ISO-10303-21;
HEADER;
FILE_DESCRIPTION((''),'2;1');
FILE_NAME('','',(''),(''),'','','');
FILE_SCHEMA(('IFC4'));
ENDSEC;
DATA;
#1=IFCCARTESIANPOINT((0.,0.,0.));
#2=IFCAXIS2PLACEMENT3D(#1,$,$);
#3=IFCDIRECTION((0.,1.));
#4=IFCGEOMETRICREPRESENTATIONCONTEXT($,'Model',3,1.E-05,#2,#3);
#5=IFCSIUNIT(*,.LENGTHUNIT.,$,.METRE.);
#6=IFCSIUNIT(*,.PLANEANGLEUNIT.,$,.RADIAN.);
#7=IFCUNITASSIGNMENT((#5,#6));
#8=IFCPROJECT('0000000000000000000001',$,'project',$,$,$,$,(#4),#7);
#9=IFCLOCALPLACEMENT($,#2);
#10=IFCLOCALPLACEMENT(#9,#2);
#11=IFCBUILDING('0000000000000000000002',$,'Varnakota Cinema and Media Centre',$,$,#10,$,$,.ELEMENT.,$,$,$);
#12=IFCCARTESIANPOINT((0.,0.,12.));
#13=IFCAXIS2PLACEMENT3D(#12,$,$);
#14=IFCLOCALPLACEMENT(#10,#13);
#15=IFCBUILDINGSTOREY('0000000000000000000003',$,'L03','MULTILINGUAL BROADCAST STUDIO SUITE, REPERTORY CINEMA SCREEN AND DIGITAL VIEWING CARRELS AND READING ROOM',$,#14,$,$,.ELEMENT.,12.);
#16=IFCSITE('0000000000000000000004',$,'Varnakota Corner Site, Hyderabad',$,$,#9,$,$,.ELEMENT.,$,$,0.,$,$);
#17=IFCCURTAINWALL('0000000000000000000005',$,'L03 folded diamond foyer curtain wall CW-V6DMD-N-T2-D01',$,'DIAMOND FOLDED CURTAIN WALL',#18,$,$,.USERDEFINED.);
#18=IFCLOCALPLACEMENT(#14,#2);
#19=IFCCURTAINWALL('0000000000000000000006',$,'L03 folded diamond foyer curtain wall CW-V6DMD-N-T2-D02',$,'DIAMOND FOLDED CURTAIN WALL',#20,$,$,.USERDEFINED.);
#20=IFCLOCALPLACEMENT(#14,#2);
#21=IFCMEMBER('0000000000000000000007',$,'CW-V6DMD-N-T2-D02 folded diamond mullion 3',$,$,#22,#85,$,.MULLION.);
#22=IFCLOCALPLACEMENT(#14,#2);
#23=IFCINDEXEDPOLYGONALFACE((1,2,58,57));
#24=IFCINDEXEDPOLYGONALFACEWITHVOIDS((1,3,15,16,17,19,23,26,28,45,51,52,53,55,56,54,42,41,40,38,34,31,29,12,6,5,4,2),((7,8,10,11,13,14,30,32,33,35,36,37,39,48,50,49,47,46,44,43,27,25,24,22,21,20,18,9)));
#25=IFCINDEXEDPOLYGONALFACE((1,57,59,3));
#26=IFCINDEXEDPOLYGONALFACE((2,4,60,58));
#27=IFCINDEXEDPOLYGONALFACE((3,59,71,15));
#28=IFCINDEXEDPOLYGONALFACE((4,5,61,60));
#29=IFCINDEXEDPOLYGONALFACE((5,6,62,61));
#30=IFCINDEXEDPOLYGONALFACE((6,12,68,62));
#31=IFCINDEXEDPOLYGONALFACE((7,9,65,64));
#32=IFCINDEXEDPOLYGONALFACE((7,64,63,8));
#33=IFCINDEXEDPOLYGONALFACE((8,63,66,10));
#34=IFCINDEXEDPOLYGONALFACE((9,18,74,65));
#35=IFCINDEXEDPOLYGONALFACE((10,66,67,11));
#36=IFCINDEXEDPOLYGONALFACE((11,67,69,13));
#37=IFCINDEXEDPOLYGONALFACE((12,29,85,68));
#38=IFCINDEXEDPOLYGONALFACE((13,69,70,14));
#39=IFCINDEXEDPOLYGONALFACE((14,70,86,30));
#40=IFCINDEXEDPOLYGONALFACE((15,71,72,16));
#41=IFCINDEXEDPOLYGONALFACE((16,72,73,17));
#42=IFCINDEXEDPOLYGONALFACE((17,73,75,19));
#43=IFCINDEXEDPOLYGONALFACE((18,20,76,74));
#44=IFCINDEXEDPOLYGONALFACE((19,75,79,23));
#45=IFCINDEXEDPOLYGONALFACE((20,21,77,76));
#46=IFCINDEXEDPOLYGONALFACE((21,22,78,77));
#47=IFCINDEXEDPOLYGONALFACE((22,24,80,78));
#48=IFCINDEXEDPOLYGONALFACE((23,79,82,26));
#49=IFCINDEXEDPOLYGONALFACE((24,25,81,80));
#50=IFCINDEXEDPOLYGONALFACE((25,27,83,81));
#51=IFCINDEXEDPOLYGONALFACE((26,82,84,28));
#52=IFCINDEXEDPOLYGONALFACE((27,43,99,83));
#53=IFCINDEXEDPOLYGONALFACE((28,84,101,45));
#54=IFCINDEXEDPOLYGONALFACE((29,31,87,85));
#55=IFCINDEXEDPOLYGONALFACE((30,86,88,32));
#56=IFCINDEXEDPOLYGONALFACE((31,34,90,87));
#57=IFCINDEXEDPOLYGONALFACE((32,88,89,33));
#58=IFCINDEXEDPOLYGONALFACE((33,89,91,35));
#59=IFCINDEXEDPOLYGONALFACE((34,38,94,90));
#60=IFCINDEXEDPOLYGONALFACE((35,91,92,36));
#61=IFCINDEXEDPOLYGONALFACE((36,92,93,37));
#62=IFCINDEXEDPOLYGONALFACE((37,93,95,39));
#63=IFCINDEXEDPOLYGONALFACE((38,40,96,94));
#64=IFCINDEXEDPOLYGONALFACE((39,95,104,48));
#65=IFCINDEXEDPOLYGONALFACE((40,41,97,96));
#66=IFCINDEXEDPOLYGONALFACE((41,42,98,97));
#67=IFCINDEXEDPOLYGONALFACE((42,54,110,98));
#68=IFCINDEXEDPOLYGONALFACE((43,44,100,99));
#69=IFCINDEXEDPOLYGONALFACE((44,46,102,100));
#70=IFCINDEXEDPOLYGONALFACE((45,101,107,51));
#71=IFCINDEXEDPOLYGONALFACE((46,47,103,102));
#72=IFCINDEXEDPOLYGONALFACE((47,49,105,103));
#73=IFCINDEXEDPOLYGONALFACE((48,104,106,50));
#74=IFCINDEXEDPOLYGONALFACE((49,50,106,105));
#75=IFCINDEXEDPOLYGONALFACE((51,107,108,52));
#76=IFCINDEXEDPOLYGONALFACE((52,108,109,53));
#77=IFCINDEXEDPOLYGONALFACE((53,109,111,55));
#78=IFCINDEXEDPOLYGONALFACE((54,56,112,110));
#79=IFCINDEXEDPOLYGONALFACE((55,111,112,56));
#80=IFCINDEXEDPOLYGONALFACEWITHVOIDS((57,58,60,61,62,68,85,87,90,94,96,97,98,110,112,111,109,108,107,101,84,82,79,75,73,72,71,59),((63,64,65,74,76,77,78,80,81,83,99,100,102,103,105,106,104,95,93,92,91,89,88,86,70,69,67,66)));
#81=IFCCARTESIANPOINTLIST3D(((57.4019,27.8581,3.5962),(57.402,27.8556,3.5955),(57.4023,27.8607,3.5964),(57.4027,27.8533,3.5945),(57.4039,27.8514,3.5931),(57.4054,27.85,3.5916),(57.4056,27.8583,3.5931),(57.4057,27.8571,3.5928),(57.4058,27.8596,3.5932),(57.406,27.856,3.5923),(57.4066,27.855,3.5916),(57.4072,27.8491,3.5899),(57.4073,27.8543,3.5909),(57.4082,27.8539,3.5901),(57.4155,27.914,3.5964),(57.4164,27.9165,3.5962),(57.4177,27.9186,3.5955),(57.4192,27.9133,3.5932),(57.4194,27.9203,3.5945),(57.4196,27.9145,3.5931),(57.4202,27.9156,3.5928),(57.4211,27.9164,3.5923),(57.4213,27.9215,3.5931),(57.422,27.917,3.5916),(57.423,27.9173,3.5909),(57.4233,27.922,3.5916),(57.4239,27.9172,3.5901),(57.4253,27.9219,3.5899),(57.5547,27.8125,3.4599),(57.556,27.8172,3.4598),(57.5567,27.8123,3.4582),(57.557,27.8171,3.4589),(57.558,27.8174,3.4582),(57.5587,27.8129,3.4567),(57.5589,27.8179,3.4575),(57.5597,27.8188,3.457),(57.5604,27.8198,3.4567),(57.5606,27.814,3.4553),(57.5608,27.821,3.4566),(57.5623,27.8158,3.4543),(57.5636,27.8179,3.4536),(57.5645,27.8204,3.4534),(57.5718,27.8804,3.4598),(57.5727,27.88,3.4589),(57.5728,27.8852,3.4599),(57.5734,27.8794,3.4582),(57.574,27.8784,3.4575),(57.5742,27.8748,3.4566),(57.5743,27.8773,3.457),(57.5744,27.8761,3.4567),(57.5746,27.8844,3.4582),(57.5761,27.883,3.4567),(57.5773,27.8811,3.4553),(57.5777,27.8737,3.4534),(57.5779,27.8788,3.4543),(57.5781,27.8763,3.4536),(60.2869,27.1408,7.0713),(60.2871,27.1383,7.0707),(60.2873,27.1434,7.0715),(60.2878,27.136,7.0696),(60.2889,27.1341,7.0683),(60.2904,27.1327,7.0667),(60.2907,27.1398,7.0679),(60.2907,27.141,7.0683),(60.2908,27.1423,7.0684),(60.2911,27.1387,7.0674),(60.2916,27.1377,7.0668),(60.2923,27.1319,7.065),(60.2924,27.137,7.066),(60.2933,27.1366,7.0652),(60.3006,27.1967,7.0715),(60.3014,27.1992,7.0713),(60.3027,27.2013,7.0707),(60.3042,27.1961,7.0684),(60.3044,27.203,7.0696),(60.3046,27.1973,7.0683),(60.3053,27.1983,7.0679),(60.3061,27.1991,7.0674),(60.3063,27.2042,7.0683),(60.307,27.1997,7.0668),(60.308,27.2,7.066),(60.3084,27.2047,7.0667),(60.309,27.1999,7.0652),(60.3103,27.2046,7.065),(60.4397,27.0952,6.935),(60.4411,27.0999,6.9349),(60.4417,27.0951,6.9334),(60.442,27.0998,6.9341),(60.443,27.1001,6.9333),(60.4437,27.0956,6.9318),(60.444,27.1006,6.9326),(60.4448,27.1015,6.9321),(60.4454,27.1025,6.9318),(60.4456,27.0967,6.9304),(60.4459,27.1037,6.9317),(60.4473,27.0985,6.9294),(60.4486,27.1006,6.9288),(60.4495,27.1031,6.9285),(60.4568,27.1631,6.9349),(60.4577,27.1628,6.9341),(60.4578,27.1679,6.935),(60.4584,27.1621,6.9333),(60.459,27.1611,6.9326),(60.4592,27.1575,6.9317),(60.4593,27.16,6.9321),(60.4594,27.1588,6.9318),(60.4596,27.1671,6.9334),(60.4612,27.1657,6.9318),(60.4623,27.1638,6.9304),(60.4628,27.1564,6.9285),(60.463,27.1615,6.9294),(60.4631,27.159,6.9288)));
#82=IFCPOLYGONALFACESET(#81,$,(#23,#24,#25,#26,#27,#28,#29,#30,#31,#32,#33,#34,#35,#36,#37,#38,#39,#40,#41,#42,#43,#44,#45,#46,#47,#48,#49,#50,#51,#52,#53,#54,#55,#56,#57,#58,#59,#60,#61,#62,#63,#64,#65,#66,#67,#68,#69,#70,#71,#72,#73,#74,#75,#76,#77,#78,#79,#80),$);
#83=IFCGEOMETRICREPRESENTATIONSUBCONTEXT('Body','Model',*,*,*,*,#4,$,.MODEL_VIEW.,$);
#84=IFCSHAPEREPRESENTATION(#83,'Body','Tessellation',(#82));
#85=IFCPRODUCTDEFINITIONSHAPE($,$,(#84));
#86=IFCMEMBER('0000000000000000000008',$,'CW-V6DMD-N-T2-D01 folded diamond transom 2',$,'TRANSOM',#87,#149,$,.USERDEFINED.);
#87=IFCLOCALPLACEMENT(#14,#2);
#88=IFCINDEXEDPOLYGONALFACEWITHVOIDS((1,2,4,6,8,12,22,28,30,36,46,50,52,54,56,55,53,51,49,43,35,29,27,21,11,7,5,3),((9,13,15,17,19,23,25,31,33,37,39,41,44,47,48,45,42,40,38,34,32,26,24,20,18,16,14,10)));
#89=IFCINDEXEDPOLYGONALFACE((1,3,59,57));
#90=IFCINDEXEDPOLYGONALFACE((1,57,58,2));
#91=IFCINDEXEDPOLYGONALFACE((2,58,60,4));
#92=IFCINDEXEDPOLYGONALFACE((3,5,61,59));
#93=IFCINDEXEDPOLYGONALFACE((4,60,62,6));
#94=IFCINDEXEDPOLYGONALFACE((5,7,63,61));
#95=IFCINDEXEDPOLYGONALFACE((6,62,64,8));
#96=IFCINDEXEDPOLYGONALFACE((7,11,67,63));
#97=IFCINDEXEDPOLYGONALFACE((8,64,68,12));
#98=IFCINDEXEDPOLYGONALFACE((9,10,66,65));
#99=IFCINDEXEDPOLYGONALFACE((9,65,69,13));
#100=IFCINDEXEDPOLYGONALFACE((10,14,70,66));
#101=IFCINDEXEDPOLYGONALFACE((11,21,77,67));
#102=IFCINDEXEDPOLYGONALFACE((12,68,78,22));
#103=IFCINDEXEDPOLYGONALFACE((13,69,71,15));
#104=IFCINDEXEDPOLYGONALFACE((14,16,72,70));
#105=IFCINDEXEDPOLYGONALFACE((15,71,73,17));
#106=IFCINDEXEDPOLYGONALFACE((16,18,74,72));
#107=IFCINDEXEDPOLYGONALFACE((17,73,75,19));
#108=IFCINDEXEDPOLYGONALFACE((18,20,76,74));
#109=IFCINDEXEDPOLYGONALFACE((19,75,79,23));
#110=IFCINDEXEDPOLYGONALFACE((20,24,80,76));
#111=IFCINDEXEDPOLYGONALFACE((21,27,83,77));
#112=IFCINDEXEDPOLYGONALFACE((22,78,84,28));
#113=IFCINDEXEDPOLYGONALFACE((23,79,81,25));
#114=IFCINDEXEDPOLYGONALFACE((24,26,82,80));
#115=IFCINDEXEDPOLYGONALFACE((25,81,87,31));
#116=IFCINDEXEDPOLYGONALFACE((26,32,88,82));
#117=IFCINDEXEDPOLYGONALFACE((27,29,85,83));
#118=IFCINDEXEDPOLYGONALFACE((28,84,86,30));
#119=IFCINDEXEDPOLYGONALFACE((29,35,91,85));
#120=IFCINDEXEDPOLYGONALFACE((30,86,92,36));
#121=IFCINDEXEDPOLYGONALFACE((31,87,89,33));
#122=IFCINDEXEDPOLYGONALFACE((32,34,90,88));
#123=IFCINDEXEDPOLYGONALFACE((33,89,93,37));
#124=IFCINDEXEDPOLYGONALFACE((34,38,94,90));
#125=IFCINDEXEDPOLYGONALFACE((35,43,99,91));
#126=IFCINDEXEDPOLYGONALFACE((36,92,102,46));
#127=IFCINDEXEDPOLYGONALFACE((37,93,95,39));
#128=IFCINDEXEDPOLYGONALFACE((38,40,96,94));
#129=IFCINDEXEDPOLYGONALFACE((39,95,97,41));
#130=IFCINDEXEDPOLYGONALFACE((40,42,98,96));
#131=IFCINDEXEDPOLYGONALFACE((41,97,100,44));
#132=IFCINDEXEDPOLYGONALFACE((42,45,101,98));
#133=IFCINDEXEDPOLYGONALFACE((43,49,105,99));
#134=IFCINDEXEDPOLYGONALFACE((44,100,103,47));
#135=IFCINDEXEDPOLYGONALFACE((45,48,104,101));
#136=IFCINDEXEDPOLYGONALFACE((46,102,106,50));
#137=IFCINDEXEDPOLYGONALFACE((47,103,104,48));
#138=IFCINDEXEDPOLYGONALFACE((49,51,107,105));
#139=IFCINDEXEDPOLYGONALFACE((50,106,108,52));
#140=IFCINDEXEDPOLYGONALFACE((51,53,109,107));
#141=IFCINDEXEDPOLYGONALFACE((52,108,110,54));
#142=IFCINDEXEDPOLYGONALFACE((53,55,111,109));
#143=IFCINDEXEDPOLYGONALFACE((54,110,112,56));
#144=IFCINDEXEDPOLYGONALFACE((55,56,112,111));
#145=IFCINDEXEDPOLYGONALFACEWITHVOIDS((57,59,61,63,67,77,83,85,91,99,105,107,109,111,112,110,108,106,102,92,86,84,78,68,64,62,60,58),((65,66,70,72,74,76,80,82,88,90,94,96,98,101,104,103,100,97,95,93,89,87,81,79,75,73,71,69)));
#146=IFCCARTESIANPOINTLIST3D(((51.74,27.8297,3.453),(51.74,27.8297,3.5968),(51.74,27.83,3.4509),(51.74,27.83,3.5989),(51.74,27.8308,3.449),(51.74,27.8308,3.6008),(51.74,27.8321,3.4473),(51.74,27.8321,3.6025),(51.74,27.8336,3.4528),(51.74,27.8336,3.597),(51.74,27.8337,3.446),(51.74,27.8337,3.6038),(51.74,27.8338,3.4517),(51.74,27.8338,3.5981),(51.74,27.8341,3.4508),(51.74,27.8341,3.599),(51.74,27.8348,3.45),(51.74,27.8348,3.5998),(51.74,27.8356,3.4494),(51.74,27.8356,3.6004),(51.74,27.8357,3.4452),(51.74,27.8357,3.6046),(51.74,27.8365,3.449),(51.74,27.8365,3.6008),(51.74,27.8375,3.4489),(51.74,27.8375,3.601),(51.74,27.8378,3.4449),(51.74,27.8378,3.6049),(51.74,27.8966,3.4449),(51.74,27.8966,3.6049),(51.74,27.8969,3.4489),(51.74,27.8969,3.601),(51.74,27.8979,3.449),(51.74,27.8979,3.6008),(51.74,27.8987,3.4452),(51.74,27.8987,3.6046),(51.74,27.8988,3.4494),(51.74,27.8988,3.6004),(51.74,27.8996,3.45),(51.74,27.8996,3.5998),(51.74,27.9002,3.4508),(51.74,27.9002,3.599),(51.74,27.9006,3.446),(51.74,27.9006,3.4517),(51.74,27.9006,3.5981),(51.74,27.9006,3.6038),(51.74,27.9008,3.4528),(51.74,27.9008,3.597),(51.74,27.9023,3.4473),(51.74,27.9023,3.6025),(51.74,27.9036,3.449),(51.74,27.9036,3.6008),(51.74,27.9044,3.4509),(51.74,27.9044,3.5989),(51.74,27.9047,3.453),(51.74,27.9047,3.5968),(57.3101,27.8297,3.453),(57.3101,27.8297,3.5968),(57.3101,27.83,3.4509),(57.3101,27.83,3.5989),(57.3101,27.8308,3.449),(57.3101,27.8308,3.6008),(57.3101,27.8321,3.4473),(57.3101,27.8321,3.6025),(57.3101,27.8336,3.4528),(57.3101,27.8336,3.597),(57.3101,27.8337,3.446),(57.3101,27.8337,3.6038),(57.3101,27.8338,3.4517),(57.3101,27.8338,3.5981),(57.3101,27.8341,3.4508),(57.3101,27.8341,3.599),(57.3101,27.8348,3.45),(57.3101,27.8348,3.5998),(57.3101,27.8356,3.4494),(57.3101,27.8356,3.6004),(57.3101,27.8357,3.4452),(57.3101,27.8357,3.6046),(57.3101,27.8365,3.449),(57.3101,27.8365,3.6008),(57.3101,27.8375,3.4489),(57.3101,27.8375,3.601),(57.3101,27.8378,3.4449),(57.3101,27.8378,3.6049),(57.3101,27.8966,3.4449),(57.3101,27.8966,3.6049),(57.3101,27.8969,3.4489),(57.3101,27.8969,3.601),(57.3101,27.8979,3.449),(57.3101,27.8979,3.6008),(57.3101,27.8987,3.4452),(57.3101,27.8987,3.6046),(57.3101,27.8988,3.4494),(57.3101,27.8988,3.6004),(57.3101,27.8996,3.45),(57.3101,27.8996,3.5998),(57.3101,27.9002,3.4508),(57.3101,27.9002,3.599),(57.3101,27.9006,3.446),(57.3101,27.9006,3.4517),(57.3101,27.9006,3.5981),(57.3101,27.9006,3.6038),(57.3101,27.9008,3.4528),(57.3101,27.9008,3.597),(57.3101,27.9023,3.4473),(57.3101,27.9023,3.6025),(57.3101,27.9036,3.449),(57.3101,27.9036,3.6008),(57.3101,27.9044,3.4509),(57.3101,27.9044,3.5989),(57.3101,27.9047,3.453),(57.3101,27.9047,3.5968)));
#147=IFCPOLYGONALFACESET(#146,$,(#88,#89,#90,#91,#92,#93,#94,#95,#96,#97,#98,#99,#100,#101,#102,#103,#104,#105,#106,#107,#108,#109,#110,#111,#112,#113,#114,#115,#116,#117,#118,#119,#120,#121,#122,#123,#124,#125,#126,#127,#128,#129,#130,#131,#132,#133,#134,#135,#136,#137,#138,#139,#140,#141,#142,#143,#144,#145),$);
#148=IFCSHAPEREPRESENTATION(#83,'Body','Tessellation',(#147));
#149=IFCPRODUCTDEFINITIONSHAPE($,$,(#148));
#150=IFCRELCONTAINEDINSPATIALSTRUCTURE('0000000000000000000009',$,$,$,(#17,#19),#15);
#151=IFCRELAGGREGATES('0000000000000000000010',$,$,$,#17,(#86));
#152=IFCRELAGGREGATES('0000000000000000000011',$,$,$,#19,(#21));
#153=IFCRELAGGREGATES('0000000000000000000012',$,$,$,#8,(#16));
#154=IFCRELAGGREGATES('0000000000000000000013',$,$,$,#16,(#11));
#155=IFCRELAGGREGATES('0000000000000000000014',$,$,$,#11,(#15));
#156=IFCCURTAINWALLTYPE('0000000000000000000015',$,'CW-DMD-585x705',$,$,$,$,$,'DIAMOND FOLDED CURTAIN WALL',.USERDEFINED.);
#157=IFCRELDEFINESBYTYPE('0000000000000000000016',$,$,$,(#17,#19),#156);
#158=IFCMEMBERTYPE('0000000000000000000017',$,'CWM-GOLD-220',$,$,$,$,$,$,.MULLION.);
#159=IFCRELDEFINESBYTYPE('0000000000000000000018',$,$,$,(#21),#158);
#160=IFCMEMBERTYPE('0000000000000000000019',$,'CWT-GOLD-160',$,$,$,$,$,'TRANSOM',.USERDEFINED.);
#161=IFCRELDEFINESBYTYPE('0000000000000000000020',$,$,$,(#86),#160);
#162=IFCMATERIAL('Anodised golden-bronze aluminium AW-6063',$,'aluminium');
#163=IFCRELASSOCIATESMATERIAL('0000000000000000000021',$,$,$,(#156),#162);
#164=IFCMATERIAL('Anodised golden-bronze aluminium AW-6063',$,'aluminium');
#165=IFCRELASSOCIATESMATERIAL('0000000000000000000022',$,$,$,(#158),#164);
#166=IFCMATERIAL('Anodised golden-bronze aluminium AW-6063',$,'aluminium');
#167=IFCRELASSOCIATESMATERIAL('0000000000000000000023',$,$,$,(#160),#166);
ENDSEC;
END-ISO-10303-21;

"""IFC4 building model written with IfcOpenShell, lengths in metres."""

from ifc_helpers import new_model, si_unit, direction, frame, origin, origin_2d, place, context, subcontext, project, spatial, hollow_rectangle, extrude, material, material_profile, profile_set, type_object, element, aggregate, save


model = new_model("IFC4")

# Units and contexts
model_context = context("Model", 3, precision=1e-05, world=origin(), true_north=direction((0.0, 1.0)))
body_context = subcontext(model_context, "Body", "Model", "MODEL_VIEW")
ifc_project = project(units=[si_unit("LENGTHUNIT", "METRE"), si_unit("PLANEANGLEUNIT", "RADIAN")], contexts=[model_context])

# Site, building, storey
site_placement = place(None, origin())
site = spatial("IfcSite", under=ifc_project, at=site_placement, Name="Varnakota Corner Site, Hyderabad", CompositionType="ELEMENT", RefElevation=0.0)
building_placement = place(site_placement, origin())
building = spatial("IfcBuilding", under=site, at=building_placement, Name="Varnakota Cinema and Media Centre", CompositionType="ELEMENT")
storey_placement = place(building_placement, frame((0.0, 0.0, 12.0)))
storey = spatial("IfcBuildingStorey", under=building, at=storey_placement, Name="L03", Description="MULTILINGUAL BROADCAST STUDIO SUITE, REPERTORY CINEMA SCREEN AND DIGITAL VIEWING CARRELS AND READING ROOM", CompositionType="ELEMENT", Elevation=12.0)

# Curtain wall
ifc_material_1 = material(Name="Anodised golden-bronze aluminium AW-6063", Category="aluminium")
curtain_wall_type = type_object("IfcCurtainWallType", Name="CW-DMD-585x705", ElementType="DIAMOND FOLDED CURTAIN WALL", PredefinedType="USERDEFINED", material=ifc_material_1)
curtain_wall_1_placement = place(storey_placement, origin())
curtain_wall_1 = element("IfcCurtainWall", 1, at=curtain_wall_1_placement, inside=storey, type_object=curtain_wall_type, Name="L03 folded diamond foyer curtain wall CW-V6DMD-N-T2-D01", ObjectType="DIAMOND FOLDED CURTAIN WALL", PredefinedType="USERDEFINED")
ifc_material_2 = material(Name="Anodised golden-bronze aluminium AW-6063", Category="aluminium")
ifc_material_profile_1 = material_profile(ifc_material_2, hollow_rectangle(XDim=0.075, YDim=0.22, WallThickness=0.0049, InnerFilletRadius=0.0049, OuterFilletRadius=0.01, at=origin_2d()), Name="AL-MULLION 220x75x5")
ifc_profile_set_1 = profile_set([ifc_material_profile_1], Name="Anodised golden-bronze aluminium AW-6063")
member_type_1 = type_object("IfcMemberType", Name="CWM-GOLD-220", PredefinedType="MULLION", material=ifc_profile_set_1)

# Curtain wall, member
curtain_wall_2_placement = place(storey_placement, origin())
curtain_wall_2 = element("IfcCurtainWall", 2, at=curtain_wall_2_placement, inside=storey, type_object=curtain_wall_type, Name="L03 folded diamond foyer curtain wall CW-V6DMD-N-T2-D02", ObjectType="DIAMOND FOLDED CURTAIN WALL", PredefinedType="USERDEFINED")
member_1_placement = place(storey_placement, frame((57.49, 27.8672, 3.5249), z_axis=(0.630853, -0.156846, 0.759885), x_axis=(0.241279, 0.970456, 0.0)))
member_1 = element("IfcMember", 3, at=member_1_placement, type_object=member_type_1, Name="CW-V6DMD-N-T2-D02 folded diamond mullion 3", PredefinedType="MULLION", context=body_context, shape_type="SweptSolid", body=[
    extrude(hollow_rectangle(XDim=0.075, YDim=0.22, WallThickness=0.0049, InnerFilletRadius=0.0049, OuterFilletRadius=0.01, at=origin_2d()), origin(), (0.0, 0.0, 1.0), 4.5732),
])

# Member
ifc_material_3 = material(Name="Anodised golden-bronze aluminium AW-6063", Category="aluminium")
ifc_material_profile_2 = material_profile(ifc_material_3, hollow_rectangle(XDim=0.075, YDim=0.1599, WallThickness=0.0039, InnerFilletRadius=0.0039, OuterFilletRadius=0.0081, at=origin_2d()), Name="AL-TRANSOM 160x75x4")
ifc_profile_set_2 = profile_set([ifc_material_profile_2], Name="Anodised golden-bronze aluminium AW-6063")
member_type_2 = type_object("IfcMemberType", Name="CWT-GOLD-160", ElementType="TRANSOM", PredefinedType="USERDEFINED", material=ifc_profile_set_2)
member_2_placement = place(storey_placement, frame((51.74, 27.8672, 3.5249), z_axis=(1.0, 0.0, 0.0), x_axis=(0.0, 1.0, 0.0)))
member_2 = element("IfcMember", 4, at=member_2_placement, type_object=member_type_2, Name="CW-V6DMD-N-T2-D01 folded diamond transom 2", ObjectType="TRANSOM", PredefinedType="USERDEFINED", context=body_context, shape_type="SweptSolid", body=[
    extrude(hollow_rectangle(XDim=0.075, YDim=0.1599, WallThickness=0.0039, InnerFilletRadius=0.0039, OuterFilletRadius=0.0081, at=origin_2d()), origin(), (0.0, 0.0, 1.0), 5.5701),
])
aggregate(curtain_wall_1, [member_2])
aggregate(curtain_wall_2, [member_1])

save(model, "model.ifc")
